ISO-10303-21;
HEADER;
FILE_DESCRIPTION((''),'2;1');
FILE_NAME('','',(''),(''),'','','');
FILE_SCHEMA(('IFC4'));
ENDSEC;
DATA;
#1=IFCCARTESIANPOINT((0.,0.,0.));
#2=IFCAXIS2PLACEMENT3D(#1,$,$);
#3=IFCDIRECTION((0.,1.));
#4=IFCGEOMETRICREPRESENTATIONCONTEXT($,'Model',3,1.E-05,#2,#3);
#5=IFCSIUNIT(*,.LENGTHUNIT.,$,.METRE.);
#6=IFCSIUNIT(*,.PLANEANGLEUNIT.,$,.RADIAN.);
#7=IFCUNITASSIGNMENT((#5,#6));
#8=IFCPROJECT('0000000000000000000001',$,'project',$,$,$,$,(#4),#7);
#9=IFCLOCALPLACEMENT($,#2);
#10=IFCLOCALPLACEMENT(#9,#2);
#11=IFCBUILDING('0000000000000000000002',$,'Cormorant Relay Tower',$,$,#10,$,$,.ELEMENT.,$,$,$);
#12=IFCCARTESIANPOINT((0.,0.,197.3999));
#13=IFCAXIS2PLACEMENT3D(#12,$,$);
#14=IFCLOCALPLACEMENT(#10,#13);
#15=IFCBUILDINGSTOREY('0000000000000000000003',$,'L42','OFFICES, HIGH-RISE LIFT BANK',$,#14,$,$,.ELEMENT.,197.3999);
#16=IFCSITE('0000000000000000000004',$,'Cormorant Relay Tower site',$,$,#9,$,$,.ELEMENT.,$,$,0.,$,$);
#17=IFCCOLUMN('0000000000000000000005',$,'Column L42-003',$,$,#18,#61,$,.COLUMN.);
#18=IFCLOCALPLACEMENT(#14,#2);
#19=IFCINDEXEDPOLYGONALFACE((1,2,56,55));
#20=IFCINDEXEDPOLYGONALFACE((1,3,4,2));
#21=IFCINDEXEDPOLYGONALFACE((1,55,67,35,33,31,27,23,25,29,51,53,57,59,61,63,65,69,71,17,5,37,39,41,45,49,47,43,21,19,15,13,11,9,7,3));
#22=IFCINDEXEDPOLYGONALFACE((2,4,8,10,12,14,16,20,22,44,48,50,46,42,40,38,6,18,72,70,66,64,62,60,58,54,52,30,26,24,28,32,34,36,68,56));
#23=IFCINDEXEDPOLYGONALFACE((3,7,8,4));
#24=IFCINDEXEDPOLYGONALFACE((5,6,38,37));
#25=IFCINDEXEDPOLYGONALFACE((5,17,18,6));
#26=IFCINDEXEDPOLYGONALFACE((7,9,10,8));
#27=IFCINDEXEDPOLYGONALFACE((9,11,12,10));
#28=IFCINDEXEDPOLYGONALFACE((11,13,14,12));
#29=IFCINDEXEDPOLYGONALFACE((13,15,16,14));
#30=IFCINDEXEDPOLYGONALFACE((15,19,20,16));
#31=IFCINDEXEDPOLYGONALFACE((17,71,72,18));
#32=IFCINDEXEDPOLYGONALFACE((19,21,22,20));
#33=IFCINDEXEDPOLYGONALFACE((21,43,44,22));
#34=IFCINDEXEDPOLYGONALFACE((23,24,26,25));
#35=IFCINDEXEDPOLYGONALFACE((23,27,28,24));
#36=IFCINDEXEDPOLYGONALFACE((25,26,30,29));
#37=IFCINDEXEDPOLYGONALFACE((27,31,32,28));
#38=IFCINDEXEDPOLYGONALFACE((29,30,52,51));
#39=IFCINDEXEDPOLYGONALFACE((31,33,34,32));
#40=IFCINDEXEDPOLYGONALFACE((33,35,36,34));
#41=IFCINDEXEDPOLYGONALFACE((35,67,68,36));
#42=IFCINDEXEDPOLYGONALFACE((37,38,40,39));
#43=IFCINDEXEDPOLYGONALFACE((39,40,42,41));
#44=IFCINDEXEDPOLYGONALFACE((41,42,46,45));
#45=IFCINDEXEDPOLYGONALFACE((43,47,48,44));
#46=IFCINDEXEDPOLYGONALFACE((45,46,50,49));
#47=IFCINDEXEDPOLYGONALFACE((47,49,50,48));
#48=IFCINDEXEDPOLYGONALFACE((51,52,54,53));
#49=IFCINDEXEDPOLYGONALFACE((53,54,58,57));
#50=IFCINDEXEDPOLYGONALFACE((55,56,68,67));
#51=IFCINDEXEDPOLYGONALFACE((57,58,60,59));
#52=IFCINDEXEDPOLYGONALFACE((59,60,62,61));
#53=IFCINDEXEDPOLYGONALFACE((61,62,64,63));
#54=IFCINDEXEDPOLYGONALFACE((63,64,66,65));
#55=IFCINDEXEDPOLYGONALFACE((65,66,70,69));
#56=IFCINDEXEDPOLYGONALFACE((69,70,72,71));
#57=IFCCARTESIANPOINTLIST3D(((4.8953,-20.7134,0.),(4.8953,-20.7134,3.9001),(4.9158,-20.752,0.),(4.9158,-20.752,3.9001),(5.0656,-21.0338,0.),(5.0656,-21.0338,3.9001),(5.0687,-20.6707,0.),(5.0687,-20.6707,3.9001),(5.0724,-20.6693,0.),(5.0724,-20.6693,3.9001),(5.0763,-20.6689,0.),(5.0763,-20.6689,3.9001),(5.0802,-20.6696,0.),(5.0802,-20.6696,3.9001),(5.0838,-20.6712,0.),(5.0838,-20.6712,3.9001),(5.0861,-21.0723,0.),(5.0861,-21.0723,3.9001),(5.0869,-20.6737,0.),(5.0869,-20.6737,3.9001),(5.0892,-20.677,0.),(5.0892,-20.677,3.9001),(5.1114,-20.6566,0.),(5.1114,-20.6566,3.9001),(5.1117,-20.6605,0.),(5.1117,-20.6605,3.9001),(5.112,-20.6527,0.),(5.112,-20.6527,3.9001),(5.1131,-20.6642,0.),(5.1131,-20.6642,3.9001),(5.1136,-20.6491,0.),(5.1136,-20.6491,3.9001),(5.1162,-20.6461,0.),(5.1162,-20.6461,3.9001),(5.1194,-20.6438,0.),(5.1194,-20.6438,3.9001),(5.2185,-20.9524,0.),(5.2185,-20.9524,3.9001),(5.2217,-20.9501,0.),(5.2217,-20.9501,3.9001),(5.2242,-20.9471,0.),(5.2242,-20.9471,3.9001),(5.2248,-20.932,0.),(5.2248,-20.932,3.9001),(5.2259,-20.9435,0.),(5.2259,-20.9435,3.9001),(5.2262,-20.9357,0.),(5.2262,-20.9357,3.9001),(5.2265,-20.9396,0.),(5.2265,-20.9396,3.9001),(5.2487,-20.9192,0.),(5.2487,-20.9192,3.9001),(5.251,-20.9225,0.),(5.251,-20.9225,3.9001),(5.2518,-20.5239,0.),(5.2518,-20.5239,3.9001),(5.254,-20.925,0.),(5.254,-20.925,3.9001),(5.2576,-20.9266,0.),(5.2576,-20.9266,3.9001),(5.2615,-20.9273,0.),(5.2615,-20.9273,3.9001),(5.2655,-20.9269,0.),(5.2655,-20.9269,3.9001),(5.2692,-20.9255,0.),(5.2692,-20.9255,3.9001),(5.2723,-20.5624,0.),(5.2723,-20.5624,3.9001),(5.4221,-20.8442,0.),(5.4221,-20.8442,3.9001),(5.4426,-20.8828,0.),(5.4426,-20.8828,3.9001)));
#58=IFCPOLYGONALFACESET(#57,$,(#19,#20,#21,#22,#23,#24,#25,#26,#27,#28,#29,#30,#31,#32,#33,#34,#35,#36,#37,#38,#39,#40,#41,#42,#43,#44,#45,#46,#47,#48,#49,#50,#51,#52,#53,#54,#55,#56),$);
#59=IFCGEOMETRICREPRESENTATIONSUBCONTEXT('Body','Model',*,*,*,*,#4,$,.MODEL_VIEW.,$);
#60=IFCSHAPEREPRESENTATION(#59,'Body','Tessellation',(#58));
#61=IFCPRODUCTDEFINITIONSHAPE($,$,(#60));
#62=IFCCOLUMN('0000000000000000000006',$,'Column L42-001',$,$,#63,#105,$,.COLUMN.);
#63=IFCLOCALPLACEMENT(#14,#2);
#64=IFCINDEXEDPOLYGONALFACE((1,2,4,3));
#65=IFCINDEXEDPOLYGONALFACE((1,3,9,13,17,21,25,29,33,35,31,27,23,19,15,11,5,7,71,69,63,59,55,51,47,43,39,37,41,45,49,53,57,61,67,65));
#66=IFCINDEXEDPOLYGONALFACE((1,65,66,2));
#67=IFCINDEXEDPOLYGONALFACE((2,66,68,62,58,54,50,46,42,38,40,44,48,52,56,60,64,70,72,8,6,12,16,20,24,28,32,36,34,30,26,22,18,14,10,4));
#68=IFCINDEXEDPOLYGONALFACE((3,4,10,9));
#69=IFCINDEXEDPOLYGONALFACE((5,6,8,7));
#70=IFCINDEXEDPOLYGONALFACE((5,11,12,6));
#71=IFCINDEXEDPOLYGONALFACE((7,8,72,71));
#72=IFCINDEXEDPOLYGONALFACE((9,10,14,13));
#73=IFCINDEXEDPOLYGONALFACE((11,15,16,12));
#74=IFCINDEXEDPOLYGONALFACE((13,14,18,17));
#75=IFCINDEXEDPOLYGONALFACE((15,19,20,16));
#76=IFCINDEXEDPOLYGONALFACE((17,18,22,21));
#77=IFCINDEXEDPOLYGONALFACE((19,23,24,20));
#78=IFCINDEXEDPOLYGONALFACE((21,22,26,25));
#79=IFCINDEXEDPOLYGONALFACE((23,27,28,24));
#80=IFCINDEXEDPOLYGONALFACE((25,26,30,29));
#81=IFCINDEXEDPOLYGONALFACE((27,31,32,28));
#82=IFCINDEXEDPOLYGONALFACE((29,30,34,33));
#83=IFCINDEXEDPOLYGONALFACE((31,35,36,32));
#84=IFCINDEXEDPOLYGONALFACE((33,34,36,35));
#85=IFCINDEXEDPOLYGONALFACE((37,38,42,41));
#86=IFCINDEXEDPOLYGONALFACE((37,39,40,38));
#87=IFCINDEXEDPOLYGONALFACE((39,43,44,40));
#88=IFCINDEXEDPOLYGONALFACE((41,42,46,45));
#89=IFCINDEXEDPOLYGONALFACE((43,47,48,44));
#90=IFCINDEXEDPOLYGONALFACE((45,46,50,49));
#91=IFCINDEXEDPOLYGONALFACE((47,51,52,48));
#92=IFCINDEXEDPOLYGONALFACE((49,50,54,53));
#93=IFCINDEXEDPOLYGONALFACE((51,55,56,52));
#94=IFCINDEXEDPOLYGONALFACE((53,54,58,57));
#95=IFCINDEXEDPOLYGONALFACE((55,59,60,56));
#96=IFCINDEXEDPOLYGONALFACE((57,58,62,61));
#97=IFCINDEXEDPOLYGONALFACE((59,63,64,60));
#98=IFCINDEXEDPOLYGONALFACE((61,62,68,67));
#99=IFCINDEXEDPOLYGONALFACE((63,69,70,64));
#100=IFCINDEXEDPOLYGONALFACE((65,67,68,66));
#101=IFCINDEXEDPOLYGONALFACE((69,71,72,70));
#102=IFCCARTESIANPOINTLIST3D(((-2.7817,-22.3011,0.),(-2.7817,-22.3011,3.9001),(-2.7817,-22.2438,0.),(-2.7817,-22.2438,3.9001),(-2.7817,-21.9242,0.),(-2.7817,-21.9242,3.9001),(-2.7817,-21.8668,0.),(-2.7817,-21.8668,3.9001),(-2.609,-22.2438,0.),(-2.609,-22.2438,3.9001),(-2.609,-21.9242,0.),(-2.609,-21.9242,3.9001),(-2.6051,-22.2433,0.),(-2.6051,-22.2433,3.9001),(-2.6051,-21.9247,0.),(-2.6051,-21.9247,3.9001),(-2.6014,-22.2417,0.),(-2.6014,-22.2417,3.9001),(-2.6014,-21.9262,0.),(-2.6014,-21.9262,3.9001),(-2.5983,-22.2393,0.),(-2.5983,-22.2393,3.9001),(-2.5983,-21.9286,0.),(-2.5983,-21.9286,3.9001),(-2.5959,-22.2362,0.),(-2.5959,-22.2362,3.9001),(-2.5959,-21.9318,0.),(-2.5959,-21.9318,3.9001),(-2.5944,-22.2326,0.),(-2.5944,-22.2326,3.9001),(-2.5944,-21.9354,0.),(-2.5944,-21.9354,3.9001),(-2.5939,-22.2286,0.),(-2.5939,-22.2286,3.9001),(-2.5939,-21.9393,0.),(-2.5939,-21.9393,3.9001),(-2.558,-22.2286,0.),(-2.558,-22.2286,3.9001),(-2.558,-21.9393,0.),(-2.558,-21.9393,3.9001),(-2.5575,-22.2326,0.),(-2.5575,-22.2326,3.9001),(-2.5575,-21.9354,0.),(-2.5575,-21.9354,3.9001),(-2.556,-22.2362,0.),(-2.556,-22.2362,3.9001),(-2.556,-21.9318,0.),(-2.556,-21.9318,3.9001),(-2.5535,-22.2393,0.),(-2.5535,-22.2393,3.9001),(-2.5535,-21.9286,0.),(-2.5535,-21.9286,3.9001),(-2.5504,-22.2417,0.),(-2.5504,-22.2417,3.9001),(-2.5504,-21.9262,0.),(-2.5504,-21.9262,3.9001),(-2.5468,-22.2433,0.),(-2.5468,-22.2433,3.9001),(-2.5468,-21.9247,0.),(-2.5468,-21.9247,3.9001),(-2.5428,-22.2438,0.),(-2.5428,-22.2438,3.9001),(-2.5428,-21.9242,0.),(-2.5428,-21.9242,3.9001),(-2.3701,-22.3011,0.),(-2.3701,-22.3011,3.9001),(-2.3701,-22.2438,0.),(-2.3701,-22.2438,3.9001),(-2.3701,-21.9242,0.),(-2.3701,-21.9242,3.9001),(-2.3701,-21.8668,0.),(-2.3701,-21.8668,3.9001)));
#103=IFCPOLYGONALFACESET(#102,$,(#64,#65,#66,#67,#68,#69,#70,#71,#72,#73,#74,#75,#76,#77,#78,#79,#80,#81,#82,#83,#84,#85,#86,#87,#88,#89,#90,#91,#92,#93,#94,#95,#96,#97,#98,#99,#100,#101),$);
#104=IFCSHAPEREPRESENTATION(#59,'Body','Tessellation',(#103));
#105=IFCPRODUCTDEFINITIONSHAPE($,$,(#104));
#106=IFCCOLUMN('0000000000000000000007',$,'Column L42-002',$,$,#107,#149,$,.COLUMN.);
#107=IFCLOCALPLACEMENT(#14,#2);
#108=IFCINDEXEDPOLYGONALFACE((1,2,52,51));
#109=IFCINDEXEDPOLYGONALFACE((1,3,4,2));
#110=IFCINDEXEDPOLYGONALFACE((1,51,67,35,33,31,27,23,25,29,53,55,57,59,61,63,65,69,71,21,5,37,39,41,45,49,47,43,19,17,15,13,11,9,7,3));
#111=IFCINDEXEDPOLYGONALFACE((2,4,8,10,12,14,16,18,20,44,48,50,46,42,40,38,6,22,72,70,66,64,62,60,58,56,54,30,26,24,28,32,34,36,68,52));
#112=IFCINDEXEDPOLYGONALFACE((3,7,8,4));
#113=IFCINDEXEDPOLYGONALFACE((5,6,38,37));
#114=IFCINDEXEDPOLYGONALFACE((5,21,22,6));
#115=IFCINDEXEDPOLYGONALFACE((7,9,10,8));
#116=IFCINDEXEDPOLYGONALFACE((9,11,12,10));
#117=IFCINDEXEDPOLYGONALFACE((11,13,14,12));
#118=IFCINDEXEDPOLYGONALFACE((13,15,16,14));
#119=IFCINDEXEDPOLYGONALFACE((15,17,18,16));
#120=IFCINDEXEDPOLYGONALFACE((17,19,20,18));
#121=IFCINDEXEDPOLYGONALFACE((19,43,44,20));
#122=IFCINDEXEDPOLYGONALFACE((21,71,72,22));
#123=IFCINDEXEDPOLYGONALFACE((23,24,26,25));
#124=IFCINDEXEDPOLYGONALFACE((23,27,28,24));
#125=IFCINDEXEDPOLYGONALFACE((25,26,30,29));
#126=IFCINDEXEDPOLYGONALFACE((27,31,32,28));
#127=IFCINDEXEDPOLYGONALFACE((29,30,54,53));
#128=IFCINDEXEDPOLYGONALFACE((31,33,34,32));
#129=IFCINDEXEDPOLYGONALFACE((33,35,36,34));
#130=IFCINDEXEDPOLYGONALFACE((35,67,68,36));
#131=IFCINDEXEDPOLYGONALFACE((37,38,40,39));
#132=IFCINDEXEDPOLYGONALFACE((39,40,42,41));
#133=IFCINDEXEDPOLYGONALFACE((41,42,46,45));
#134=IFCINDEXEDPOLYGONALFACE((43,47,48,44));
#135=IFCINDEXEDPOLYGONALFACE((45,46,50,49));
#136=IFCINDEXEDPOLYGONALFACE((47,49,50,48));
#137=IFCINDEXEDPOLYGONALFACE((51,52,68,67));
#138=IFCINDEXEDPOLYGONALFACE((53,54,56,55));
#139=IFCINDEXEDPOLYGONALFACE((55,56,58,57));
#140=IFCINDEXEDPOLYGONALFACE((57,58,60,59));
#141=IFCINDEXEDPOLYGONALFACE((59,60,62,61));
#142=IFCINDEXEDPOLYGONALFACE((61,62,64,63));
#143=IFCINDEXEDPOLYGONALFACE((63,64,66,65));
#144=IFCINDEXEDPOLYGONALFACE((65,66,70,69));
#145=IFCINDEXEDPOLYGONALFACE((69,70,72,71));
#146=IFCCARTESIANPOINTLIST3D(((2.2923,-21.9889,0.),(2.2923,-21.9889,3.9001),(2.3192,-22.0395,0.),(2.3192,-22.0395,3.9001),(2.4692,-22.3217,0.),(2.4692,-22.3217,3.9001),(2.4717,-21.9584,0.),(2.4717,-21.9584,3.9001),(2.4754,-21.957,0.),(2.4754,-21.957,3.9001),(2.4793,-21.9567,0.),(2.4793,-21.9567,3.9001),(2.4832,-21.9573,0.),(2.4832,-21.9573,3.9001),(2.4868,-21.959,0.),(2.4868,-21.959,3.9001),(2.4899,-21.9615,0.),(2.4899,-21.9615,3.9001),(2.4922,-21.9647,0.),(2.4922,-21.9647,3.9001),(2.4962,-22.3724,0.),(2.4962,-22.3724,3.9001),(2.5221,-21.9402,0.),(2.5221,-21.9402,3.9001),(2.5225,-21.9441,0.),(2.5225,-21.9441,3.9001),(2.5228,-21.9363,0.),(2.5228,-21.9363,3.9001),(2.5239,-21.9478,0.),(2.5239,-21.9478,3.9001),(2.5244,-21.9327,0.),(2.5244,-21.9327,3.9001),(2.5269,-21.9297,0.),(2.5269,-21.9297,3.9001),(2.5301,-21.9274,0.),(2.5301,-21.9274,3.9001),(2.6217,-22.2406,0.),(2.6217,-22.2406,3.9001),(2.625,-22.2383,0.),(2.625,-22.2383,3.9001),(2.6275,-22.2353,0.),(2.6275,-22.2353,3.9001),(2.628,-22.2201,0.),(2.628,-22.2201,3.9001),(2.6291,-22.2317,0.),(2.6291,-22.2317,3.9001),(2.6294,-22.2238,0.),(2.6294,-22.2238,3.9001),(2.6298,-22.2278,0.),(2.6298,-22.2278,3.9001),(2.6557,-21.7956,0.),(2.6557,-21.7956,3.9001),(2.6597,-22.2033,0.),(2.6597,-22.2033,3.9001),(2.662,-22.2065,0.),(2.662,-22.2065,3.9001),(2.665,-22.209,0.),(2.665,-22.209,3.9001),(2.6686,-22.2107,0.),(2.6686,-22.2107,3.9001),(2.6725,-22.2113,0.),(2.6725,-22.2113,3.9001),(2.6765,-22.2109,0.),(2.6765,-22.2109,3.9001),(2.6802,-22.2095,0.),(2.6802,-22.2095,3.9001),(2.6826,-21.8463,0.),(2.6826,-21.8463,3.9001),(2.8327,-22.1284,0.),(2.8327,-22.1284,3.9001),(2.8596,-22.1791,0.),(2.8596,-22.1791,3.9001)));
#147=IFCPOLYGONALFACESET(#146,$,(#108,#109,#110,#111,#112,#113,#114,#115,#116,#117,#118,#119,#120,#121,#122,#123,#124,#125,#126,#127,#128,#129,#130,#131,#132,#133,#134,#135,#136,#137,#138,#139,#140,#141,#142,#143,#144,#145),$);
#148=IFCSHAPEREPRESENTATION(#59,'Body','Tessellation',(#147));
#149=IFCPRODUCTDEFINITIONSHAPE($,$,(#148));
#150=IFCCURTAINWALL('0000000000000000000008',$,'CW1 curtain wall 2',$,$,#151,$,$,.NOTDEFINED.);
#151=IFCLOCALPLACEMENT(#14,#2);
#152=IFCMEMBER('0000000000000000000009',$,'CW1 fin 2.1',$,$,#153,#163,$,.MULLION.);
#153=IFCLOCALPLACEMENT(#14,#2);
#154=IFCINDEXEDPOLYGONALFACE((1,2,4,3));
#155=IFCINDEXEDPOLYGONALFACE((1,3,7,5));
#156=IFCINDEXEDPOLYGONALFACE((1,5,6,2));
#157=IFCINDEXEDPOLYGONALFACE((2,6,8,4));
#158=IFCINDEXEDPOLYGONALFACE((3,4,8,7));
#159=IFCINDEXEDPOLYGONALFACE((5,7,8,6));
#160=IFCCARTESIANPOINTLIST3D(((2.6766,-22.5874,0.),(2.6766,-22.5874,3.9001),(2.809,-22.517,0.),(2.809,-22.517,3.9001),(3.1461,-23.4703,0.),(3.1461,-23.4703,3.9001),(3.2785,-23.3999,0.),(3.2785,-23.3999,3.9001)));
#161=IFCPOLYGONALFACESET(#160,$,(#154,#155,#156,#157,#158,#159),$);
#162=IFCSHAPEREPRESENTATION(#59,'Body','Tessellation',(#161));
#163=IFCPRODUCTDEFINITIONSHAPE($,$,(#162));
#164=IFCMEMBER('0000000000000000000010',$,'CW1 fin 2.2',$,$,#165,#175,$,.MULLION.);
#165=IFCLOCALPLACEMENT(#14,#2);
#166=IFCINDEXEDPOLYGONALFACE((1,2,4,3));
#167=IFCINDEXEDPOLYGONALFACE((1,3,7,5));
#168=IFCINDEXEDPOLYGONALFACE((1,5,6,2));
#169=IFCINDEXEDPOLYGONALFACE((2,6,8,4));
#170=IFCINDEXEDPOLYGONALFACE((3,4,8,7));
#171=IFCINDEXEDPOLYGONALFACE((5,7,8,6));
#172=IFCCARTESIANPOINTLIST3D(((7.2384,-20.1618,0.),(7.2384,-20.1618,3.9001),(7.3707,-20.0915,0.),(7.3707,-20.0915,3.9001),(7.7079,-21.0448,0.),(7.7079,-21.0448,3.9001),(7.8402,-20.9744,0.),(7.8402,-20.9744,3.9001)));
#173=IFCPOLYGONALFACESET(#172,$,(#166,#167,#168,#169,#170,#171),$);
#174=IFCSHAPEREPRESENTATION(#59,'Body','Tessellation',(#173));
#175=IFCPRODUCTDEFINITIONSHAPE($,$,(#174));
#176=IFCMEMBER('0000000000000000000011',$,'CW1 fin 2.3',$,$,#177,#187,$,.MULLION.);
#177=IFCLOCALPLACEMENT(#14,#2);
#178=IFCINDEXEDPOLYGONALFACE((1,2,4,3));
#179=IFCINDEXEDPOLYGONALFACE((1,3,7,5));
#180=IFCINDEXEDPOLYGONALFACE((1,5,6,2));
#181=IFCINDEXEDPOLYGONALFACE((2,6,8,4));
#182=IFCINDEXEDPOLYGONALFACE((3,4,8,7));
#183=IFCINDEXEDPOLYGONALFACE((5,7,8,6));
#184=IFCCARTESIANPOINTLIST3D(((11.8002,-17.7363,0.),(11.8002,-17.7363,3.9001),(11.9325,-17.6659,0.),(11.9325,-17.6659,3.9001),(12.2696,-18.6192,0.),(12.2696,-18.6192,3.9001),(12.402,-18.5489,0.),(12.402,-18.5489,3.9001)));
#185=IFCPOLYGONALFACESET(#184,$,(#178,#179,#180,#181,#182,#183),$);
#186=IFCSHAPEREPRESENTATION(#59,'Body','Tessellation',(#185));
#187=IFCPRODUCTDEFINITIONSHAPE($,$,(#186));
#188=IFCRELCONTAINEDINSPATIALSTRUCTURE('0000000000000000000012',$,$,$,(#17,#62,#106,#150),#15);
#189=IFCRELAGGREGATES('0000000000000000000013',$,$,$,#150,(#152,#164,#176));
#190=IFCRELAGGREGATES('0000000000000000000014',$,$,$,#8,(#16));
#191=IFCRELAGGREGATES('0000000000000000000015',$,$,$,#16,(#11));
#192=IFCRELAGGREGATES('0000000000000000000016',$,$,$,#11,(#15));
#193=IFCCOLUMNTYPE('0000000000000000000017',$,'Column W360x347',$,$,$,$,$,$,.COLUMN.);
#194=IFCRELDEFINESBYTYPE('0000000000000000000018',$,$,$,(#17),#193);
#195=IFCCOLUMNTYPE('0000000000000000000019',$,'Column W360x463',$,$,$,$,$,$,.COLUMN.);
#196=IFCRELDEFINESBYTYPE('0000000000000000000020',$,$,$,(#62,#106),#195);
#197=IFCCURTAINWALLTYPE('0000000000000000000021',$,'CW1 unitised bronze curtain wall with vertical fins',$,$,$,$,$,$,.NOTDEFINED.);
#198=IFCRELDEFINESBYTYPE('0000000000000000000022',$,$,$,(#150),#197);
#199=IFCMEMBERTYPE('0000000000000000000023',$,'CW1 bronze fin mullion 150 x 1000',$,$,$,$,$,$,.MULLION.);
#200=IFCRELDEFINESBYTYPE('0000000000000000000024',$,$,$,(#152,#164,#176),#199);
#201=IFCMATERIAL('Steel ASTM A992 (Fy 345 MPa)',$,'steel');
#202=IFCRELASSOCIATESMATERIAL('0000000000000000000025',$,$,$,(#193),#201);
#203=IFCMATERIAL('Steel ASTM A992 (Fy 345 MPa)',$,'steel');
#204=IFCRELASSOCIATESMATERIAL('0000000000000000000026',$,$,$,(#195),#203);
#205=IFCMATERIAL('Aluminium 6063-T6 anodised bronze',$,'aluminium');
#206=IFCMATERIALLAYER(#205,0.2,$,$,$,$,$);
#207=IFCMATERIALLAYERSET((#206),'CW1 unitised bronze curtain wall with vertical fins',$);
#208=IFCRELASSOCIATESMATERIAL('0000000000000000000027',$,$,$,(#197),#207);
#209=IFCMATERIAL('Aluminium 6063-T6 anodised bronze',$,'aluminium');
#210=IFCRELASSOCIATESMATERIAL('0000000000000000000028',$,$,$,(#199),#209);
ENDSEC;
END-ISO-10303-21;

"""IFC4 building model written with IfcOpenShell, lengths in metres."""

from ifc_helpers import new_model, si_unit, direction, frame, origin, origin_2d, place, context, subcontext, project, spatial, rectangle, i_section, extrude, material, layer, layer_set, material_profile, profile_set, type_object, element, aggregate, save


model = new_model("IFC4")

# Units and contexts
model_context = context("Model", 3, precision=1e-05, world=origin(), true_north=direction((0.0, 1.0)))
body_context = subcontext(model_context, "Body", "Model", "MODEL_VIEW")
ifc_project = project(units=[si_unit("LENGTHUNIT", "METRE"), si_unit("PLANEANGLEUNIT", "RADIAN")], contexts=[model_context])

# Site, building, storey
site_placement = place(None, origin())
site = spatial("IfcSite", under=ifc_project, at=site_placement, Name="Cormorant Relay Tower site", CompositionType="ELEMENT", RefElevation=0.0)
building_placement = place(site_placement, origin())
building = spatial("IfcBuilding", under=site, at=building_placement, Name="Cormorant Relay Tower", CompositionType="ELEMENT")
storey_placement = place(building_placement, frame((0.0, 0.0, 197.3999)))
storey = spatial("IfcBuildingStorey", under=building, at=storey_placement, Name="L42", Description="OFFICES, HIGH-RISE LIFT BANK", CompositionType="ELEMENT", Elevation=197.3999)

# Columns
ifc_material_1 = material(Name="Steel ASTM A992 (Fy 345 MPa)", Category="steel")
ifc_material_profile_1 = material_profile(ifc_material_1, i_section(OverallWidth=0.4038, OverallDepth=0.4065, WebThickness=0.0271, FlangeThickness=0.0437, FilletRadius=0.0151, at=origin_2d()), Name="W360x347")
ifc_profile_set_1 = profile_set([ifc_material_profile_1], Name="Steel ASTM A992 (Fy 345 MPa)")
column_type_1 = type_object("IfcColumnType", Name="Column W360x347", PredefinedType="COLUMN", material=ifc_profile_set_1)
column_placement = place(storey_placement, frame((5.1689, -20.7981, 0.0), z_axis=(0.0, 0.0, 1.0), x_axis=(0.882948, 0.469472, 0.0)))
element("IfcColumn", 1, at=column_placement, inside=storey, type_object=column_type_1, Name="Column L42-003", PredefinedType="COLUMN", context=body_context, shape_type="SweptSolid", body=[
    extrude(i_section(OverallWidth=0.4038, OverallDepth=0.4065, WebThickness=0.0271, FlangeThickness=0.0437, FilletRadius=0.0151, at=origin_2d()), origin(), (0.0, 0.0, 1.0), 3.9001),
])
ifc_material_2 = material(Name="Steel ASTM A992 (Fy 345 MPa)", Category="steel")
ifc_material_profile_2 = material_profile(ifc_material_2, i_section(OverallWidth=0.4116, OverallDepth=0.4343, WebThickness=0.0359, FlangeThickness=0.0574, FilletRadius=0.0151, at=origin_2d()), Name="W360x463")
ifc_profile_set_2 = profile_set([ifc_material_profile_2], Name="Steel ASTM A992 (Fy 345 MPa)")
column_type_2 = type_object("IfcColumnType", Name="Column W360x463", PredefinedType="COLUMN", material=ifc_profile_set_2)
for number, where, z_axis, x_axis, name in (
    (2, (-2.5759, -22.084, 0.0), (0.0, 0.0, 1.0), (1.0, 0.0, 0.0), "Column L42-001"),
    (3, (2.5759, -22.084, 0.0), (0.0, 0.0, 1.0), (0.882948, 0.469472, 0.0), "Column L42-002"),
):
    element("IfcColumn", number, at=place(storey_placement, frame(where, z_axis=z_axis, x_axis=x_axis)), inside=storey, type_object=column_type_2, Name=name, PredefinedType="COLUMN", context=body_context, shape_type="SweptSolid", body=[
        extrude(i_section(OverallWidth=0.4116, OverallDepth=0.4343, WebThickness=0.0359, FlangeThickness=0.0574, FilletRadius=0.0151, at=origin_2d()), origin(), (0.0, 0.0, 1.0), 3.9001),
    ])

# Curtain wall, members
ifc_material_3 = material(Name="Aluminium 6063-T6 anodised bronze", Category="aluminium")
ifc_layer_1 = layer(ifc_material_3, 0.2)
ifc_layer_set_1 = layer_set([ifc_layer_1], Name="CW1 unitised bronze curtain wall with vertical fins")
curtain_wall_type = type_object("IfcCurtainWallType", Name="CW1 unitised bronze curtain wall with vertical fins", PredefinedType="NOTDEFINED", material=ifc_layer_set_1)
curtain_wall_1_placement = place(storey_placement, origin())
curtain_wall_1 = element("IfcCurtainWall", 4, at=curtain_wall_1_placement, inside=storey, type_object=curtain_wall_type, Name="CW1 curtain wall 2", PredefinedType="NOTDEFINED")
ifc_material_4 = material(Name="Aluminium 6063-T6 anodised bronze", Category="aluminium")
ifc_material_profile_3 = material_profile(ifc_material_4, rectangle(XDim=0.1499, YDim=1.0, at=origin_2d()), Name="AL 150x1000")
ifc_profile_set_3 = profile_set([ifc_material_profile_3], Name="Aluminium 6063-T6 anodised bronze")
member_type_1 = type_object("IfcMemberType", Name="CW1 bronze fin mullion 150 x 1000", PredefinedType="MULLION", material=ifc_profile_set_3)
member_1_placement = place(storey_placement, frame((2.9775, -22.9937, 0.0), z_axis=(0.0, 0.0, 1.0), x_axis=(0.882948, 0.469472, 0.0)))
member_1 = element("IfcMember", 5, at=member_1_placement, type_object=member_type_1, Name="CW1 fin 2.1", PredefinedType="MULLION", context=body_context, shape_type="SweptSolid", body=[
    extrude(rectangle(XDim=0.1499, YDim=1.0, at=origin_2d()), origin(), (0.0, 0.0, 1.0), 3.9001),
])
member_2_placement = place(storey_placement, frame((7.5393, -20.5681, 0.0), z_axis=(0.0, 0.0, 1.0), x_axis=(0.882948, 0.469472, 0.0)))
member_2 = element("IfcMember", 6, at=member_2_placement, type_object=member_type_1, Name="CW1 fin 2.2", PredefinedType="MULLION", context=body_context, shape_type="SweptSolid", body=[
    extrude(rectangle(XDim=0.1499, YDim=1.0, at=origin_2d()), origin(), (0.0, 0.0, 1.0), 3.9001),
])
member_3_placement = place(storey_placement, frame((12.1011, -18.1426, 0.0), z_axis=(0.0, 0.0, 1.0), x_axis=(0.882948, 0.469472, 0.0)))
member_3 = element("IfcMember", 7, at=member_3_placement, type_object=member_type_1, Name="CW1 fin 2.3", PredefinedType="MULLION", context=body_context, shape_type="SweptSolid", body=[
    extrude(rectangle(XDim=0.1499, YDim=1.0, at=origin_2d()), origin(), (0.0, 0.0, 1.0), 3.9001),
])

aggregate(curtain_wall_1, [member_1, member_2, member_3])

save(model, "model.ifc")
